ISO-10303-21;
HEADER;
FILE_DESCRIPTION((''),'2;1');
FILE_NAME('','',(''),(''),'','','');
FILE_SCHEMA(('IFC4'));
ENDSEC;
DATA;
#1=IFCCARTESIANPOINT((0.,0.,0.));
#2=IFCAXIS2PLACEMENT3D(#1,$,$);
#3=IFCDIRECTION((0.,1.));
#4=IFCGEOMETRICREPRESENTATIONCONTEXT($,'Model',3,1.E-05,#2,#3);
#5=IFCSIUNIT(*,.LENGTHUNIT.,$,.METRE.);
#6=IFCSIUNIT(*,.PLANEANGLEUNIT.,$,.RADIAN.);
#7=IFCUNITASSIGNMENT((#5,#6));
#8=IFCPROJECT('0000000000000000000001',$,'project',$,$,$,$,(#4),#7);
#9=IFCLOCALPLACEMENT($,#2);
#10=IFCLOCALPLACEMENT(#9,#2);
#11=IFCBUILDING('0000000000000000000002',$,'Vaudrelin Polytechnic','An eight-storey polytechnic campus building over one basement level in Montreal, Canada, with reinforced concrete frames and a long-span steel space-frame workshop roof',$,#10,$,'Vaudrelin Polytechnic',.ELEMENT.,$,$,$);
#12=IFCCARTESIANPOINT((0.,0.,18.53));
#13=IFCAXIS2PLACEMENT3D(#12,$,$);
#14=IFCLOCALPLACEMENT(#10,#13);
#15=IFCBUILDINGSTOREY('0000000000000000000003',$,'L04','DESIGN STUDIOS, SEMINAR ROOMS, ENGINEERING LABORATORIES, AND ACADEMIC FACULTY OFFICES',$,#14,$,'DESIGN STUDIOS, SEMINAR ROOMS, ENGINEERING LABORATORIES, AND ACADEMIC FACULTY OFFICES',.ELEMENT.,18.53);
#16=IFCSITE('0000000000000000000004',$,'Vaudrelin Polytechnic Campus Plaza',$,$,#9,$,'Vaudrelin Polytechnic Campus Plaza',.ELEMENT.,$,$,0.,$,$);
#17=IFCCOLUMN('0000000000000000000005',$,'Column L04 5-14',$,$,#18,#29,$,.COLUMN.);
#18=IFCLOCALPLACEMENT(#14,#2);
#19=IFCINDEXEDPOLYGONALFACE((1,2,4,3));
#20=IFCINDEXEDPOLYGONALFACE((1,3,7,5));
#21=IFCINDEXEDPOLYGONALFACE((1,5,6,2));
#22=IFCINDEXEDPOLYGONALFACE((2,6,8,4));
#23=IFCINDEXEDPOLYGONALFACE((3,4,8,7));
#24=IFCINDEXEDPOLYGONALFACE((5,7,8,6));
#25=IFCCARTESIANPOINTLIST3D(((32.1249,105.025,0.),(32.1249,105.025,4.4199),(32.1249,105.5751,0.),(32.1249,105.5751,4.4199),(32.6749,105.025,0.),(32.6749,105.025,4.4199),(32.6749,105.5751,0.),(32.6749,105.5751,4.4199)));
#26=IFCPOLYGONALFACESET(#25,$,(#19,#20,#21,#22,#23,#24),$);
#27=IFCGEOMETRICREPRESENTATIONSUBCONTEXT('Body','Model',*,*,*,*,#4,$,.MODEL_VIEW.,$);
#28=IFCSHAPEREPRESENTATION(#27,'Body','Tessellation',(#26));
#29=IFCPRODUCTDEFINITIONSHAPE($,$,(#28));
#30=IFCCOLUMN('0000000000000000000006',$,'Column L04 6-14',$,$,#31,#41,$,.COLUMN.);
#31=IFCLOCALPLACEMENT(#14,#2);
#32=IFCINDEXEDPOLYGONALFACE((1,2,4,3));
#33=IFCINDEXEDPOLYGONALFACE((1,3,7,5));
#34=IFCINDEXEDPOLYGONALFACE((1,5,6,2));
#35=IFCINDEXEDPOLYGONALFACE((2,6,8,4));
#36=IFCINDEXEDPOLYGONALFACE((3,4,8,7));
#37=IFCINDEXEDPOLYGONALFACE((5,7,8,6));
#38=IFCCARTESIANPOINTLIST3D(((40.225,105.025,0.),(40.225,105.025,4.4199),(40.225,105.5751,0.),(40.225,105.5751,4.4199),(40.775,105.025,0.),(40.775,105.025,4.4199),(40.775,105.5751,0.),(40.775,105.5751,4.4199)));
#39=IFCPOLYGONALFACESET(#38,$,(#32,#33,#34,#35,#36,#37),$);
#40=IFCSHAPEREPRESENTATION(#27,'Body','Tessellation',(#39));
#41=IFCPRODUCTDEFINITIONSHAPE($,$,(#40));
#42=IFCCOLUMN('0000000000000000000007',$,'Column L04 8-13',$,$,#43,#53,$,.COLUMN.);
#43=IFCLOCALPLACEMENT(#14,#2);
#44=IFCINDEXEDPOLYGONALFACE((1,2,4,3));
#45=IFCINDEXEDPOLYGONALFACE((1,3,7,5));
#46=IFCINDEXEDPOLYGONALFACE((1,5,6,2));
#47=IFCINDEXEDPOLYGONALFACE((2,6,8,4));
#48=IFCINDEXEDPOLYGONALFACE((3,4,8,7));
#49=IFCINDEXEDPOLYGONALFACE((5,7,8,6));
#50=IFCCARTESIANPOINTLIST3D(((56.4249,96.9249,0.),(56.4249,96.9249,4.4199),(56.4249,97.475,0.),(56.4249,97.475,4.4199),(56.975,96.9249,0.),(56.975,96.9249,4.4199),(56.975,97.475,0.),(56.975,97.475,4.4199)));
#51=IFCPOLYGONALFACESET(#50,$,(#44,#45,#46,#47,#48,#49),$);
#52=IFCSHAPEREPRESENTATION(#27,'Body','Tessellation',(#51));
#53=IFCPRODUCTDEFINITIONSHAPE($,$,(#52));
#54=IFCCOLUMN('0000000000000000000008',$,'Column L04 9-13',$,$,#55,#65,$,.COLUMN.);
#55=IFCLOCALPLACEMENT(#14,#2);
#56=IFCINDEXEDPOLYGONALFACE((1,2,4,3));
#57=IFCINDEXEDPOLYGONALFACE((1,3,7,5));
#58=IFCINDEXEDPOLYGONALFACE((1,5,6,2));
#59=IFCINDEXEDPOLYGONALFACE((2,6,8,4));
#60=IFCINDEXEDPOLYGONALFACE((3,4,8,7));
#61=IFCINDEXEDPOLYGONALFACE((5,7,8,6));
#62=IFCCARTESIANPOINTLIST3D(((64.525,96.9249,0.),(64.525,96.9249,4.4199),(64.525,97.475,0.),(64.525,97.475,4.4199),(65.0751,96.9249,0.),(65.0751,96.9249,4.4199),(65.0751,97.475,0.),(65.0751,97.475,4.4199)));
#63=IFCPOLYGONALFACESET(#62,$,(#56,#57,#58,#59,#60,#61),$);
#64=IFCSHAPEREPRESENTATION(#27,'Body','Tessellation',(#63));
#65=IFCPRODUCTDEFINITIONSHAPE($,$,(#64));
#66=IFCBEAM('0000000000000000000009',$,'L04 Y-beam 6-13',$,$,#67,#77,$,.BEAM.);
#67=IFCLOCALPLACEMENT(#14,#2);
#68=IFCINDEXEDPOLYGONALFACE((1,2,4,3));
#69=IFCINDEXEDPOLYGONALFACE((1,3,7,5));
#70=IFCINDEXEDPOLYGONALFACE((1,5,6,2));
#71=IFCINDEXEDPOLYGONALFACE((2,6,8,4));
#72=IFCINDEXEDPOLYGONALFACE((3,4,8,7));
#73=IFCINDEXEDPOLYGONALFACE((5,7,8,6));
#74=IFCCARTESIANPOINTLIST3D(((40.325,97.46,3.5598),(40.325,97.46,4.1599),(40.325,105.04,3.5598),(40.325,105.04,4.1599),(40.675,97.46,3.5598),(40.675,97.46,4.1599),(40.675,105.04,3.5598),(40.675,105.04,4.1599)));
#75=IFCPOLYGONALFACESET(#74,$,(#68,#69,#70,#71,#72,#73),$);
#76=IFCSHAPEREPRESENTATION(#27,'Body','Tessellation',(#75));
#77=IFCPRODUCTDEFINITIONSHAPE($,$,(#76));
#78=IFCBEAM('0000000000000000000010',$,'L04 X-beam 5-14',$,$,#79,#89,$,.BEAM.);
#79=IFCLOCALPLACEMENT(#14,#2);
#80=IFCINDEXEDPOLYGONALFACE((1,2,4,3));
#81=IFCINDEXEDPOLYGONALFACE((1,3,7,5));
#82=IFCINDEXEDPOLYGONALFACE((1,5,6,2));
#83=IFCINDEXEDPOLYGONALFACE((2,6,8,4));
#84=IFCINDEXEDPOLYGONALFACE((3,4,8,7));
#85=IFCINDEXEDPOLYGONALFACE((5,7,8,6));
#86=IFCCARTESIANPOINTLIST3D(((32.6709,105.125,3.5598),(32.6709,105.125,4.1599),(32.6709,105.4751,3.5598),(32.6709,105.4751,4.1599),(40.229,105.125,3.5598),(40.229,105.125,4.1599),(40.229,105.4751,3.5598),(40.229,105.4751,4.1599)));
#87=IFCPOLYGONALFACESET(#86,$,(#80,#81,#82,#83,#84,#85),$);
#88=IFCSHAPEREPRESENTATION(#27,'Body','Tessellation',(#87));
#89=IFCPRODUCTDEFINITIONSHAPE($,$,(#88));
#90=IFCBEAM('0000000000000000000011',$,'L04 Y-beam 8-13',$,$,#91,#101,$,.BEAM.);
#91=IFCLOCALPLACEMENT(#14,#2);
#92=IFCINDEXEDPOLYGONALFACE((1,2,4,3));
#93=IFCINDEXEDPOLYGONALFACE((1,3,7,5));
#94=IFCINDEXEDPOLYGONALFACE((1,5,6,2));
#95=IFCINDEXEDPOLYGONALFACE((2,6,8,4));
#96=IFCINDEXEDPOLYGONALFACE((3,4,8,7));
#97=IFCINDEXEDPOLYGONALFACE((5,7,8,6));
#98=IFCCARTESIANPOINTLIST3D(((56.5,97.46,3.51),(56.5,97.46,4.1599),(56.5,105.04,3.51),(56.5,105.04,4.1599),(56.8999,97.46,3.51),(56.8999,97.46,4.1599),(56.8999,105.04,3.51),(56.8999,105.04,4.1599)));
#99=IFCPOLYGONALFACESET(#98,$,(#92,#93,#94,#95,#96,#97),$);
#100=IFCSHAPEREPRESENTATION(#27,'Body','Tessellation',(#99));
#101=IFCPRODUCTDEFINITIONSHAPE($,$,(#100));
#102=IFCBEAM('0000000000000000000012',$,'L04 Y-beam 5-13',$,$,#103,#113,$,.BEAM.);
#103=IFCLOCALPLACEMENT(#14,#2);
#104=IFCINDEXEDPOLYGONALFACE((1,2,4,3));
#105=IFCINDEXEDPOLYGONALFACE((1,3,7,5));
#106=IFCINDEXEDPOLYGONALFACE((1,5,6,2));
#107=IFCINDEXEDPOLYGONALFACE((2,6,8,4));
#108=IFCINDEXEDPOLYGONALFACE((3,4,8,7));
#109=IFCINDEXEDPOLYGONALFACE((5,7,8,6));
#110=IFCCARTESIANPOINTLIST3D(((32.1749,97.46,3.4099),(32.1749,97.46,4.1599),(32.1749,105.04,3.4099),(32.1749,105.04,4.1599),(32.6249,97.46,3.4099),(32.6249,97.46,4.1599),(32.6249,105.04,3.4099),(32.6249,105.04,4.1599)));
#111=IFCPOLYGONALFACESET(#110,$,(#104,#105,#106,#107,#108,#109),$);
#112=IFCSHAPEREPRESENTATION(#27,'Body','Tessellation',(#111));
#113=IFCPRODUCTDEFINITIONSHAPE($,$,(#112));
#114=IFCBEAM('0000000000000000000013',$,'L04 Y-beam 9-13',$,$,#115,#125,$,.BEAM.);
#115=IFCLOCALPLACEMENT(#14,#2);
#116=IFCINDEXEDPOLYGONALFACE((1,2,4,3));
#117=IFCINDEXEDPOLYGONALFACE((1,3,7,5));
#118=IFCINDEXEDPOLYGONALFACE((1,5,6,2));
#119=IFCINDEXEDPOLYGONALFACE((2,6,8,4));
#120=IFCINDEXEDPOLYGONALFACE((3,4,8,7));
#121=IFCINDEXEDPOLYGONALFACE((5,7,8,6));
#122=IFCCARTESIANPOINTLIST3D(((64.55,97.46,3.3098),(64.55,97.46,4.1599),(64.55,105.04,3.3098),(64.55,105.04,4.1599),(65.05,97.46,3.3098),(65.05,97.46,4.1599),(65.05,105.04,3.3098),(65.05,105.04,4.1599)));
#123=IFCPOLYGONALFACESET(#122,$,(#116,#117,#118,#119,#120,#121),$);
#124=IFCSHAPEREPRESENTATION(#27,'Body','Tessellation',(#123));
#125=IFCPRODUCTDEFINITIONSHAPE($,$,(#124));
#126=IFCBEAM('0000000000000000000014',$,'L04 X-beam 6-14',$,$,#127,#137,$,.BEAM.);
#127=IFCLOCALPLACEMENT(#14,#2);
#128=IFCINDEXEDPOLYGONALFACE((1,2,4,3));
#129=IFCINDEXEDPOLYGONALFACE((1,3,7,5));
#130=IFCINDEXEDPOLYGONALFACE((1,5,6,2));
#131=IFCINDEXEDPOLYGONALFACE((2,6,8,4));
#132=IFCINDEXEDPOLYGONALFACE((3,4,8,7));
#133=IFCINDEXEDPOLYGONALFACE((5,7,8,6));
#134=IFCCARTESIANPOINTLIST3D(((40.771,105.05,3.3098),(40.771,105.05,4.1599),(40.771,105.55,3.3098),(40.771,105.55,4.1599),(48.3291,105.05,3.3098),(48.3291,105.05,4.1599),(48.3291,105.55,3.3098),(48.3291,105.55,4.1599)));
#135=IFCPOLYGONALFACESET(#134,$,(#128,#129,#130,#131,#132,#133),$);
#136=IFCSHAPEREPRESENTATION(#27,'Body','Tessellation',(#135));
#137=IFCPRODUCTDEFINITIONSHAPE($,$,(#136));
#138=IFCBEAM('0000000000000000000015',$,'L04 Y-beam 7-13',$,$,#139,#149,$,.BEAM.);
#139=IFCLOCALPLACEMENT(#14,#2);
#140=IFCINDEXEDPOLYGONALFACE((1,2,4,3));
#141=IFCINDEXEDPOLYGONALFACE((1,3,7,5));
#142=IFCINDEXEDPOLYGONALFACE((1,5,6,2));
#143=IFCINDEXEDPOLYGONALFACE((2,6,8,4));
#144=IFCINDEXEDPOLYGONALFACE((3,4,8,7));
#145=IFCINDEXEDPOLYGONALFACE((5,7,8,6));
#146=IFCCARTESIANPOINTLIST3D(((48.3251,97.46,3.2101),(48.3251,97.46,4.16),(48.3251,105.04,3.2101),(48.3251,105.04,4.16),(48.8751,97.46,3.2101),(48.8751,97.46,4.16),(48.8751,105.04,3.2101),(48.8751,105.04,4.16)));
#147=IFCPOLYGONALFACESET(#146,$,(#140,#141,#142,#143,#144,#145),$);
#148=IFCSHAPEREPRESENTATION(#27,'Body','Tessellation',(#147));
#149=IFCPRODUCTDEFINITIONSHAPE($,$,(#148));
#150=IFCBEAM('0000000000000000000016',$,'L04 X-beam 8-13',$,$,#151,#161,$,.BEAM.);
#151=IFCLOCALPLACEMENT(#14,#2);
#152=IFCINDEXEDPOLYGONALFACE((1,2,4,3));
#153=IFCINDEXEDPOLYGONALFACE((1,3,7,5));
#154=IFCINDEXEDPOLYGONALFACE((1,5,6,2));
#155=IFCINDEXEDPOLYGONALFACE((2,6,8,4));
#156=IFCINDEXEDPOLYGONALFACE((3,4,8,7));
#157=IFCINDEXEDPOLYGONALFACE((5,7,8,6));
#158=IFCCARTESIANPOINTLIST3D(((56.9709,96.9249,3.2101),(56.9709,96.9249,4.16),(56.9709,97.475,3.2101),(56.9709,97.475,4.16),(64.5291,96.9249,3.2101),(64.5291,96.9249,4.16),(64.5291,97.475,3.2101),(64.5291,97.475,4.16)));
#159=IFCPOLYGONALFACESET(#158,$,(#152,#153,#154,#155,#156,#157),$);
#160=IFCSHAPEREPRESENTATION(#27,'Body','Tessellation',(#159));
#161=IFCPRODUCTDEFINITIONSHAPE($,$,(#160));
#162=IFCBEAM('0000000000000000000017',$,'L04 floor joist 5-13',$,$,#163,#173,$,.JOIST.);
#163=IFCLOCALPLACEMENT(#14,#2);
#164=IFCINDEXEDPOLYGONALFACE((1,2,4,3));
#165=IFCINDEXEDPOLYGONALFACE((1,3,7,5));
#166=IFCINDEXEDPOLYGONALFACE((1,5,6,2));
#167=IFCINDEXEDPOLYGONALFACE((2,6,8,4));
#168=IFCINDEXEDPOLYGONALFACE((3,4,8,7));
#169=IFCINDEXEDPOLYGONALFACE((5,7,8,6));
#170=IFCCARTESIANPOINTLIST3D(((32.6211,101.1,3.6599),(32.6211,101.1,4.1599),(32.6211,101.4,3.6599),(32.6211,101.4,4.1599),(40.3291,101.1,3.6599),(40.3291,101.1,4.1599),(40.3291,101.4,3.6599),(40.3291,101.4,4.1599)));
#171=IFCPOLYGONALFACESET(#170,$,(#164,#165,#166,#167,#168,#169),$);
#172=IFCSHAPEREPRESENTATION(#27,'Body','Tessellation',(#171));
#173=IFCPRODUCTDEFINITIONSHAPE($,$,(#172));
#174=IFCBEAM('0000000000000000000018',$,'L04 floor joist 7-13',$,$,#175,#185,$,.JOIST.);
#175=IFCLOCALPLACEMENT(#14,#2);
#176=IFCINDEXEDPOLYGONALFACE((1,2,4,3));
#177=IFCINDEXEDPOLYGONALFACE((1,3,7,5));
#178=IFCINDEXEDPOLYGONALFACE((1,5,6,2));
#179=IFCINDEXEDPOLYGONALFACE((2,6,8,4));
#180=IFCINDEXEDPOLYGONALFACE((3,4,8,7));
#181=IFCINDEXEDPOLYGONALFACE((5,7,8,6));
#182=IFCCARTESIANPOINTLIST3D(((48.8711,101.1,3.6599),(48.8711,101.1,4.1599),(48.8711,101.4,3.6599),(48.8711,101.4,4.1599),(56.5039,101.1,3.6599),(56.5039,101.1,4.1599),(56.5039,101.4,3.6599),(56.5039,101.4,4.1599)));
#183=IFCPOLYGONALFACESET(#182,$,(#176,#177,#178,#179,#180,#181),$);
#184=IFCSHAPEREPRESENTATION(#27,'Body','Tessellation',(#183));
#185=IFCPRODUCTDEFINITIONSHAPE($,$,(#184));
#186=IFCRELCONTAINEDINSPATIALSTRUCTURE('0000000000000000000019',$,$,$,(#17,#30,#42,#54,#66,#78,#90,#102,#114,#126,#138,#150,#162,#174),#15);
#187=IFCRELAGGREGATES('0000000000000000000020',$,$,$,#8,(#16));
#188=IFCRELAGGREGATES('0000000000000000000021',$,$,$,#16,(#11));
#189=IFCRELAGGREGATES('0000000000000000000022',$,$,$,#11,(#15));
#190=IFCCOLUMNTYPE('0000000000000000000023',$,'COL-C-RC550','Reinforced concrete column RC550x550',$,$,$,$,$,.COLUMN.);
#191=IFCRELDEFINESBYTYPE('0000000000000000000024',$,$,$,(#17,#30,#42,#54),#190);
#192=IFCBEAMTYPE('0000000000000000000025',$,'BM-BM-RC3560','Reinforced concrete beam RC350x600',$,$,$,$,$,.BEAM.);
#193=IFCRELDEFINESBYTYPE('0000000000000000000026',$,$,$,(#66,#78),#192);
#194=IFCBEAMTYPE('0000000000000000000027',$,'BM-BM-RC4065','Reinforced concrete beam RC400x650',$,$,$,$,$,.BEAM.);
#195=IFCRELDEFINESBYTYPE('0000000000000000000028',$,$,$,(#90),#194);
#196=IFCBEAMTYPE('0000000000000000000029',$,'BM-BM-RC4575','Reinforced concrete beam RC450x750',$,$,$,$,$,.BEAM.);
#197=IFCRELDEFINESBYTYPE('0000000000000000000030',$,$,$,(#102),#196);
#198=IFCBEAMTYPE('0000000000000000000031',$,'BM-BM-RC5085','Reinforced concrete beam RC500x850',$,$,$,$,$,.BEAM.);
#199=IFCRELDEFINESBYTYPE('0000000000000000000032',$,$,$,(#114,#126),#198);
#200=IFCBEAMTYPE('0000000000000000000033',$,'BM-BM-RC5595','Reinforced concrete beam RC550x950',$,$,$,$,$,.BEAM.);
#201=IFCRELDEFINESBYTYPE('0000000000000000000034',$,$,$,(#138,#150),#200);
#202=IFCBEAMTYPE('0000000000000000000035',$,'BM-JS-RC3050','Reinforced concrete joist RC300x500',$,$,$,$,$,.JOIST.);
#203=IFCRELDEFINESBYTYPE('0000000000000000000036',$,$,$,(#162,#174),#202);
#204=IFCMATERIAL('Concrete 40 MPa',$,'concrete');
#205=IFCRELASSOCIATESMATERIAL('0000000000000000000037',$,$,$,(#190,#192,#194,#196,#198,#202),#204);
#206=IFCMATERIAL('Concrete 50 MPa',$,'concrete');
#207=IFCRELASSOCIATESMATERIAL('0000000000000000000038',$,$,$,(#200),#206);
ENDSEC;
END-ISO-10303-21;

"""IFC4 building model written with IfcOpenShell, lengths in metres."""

from ifc_helpers import new_model, si_unit, direction, frame, origin, origin_2d, place, context, subcontext, project, spatial, rectangle, extrude, material, material_profile, profile_set, type_object, element, save


model = new_model("IFC4")

# Units and contexts
model_context = context("Model", 3, precision=1e-05, world=origin(), true_north=direction((0.0, 1.0)))
body_context = subcontext(model_context, "Body", "Model", "MODEL_VIEW")
ifc_project = project(units=[si_unit("LENGTHUNIT", "METRE"), si_unit("PLANEANGLEUNIT", "RADIAN")], contexts=[model_context])

# Site, building, storey
site_placement = place(None, origin())
site = spatial("IfcSite", under=ifc_project, at=site_placement, Name="Vaudrelin Polytechnic Campus Plaza", LongName="Vaudrelin Polytechnic Campus Plaza", CompositionType="ELEMENT", RefElevation=0.0)
building_placement = place(site_placement, origin())
building = spatial("IfcBuilding", under=site, at=building_placement, Name="Vaudrelin Polytechnic", Description="An eight-storey polytechnic campus building over one basement level in Montreal, Canada, with reinforced concrete frames and a long-span steel space-frame workshop roof", LongName="Vaudrelin Polytechnic", CompositionType="ELEMENT")
storey_placement = place(building_placement, frame((0.0, 0.0, 18.53)))
storey = spatial("IfcBuildingStorey", under=building, at=storey_placement, Name="L04", Description="DESIGN STUDIOS, SEMINAR ROOMS, ENGINEERING LABORATORIES, AND ACADEMIC FACULTY OFFICES", LongName="DESIGN STUDIOS, SEMINAR ROOMS, ENGINEERING LABORATORIES, AND ACADEMIC FACULTY OFFICES", CompositionType="ELEMENT", Elevation=18.53)

# Columns
ifc_material_1 = material(Name="Concrete 40 MPa", Category="concrete")
ifc_material_profile_1 = material_profile(ifc_material_1, rectangle(XDim=0.55, YDim=0.55, at=origin_2d()), Name="RC550x550")
ifc_profile_set_1 = profile_set([ifc_material_profile_1], Name="Concrete 40 MPa")
column_type = type_object("IfcColumnType", Name="COL-C-RC550", Description="Reinforced concrete column RC550x550", PredefinedType="COLUMN", material=ifc_profile_set_1)
for number, where, z_axis, x_axis, name in (
    (1, (32.3999, 105.3, 0.0), (0.0, 0.0, 1.0), (1.0, 0.0, 0.0), "Column L04 5-14"),
    (2, (40.5, 105.3, 0.0), (0.0, 0.0, 1.0), (1.0, 0.0, 0.0), "Column L04 6-14"),
    (3, (56.7, 97.2, 0.0), (0.0, 0.0, 1.0), (1.0, 0.0, 0.0), "Column L04 8-13"),
    (4, (64.8, 97.2, 0.0), (0.0, 0.0, 1.0), (1.0, 0.0, 0.0), "Column L04 9-13"),
):
    element("IfcColumn", number, at=place(storey_placement, frame(where, z_axis=z_axis, x_axis=x_axis)), inside=storey, type_object=column_type, Name=name, PredefinedType="COLUMN", context=body_context, shape_type="SweptSolid", body=[
        extrude(rectangle(XDim=0.55, YDim=0.55, at=origin_2d()), origin(), (0.0, 0.0, 1.0), 4.4199),
    ])

# Beams
ifc_material_profile_2 = material_profile(ifc_material_1, rectangle(XDim=0.3501, YDim=0.6001, at=origin_2d()), Name="RC350x600")
ifc_profile_set_2 = profile_set([ifc_material_profile_2], Name="Concrete 40 MPa")
beam_type_1 = type_object("IfcBeamType", Name="BM-BM-RC3560", Description="Reinforced concrete beam RC350x600", PredefinedType="BEAM", material=ifc_profile_set_2)
beam_1_placement = place(storey_placement, frame((40.5, 97.46, 3.8599), z_axis=(0.0, 1.0, 0.0), x_axis=(-1.0, 0.0, 0.0)))
element("IfcBeam", 5, at=beam_1_placement, inside=storey, type_object=beam_type_1, Name="L04 Y-beam 6-13", PredefinedType="BEAM", context=body_context, shape_type="SweptSolid", body=[
    extrude(rectangle(XDim=0.3501, YDim=0.6001, at=origin_2d()), origin(), (0.0, 0.0, 1.0), 7.5801),
])
beam_2_placement = place(storey_placement, frame((32.6709, 105.3, 3.8599), z_axis=(1.0, 0.0, 0.0), x_axis=(0.0, 1.0, 0.0)))
element("IfcBeam", 6, at=beam_2_placement, inside=storey, type_object=beam_type_1, Name="L04 X-beam 5-14", PredefinedType="BEAM", context=body_context, shape_type="SweptSolid", body=[
    extrude(rectangle(XDim=0.3501, YDim=0.6001, at=origin_2d()), origin(), (0.0, 0.0, 1.0), 7.5581),
])
ifc_material_profile_3 = material_profile(ifc_material_1, rectangle(XDim=0.3999, YDim=0.6499, at=origin_2d()), Name="RC400x650")
ifc_profile_set_3 = profile_set([ifc_material_profile_3], Name="Concrete 40 MPa")
beam_type_2 = type_object("IfcBeamType", Name="BM-BM-RC4065", Description="Reinforced concrete beam RC400x650", PredefinedType="BEAM", material=ifc_profile_set_3)
beam_3_placement = place(storey_placement, frame((56.7, 97.46, 3.835), z_axis=(0.0, 1.0, 0.0), x_axis=(-1.0, 0.0, 0.0)))
element("IfcBeam", 7, at=beam_3_placement, inside=storey, type_object=beam_type_2, Name="L04 Y-beam 8-13", PredefinedType="BEAM", context=body_context, shape_type="SweptSolid", body=[
    extrude(rectangle(XDim=0.3999, YDim=0.6499, at=origin_2d()), origin(), (0.0, 0.0, 1.0), 7.5801),
])
ifc_material_profile_4 = material_profile(ifc_material_1, rectangle(XDim=0.45, YDim=0.75, at=origin_2d()), Name="RC450x750")
ifc_profile_set_4 = profile_set([ifc_material_profile_4], Name="Concrete 40 MPa")
beam_type_3 = type_object("IfcBeamType", Name="BM-BM-RC4575", Description="Reinforced concrete beam RC450x750", PredefinedType="BEAM", material=ifc_profile_set_4)
beam_4_placement = place(storey_placement, frame((32.3999, 97.46, 3.7849), z_axis=(0.0, 1.0, 0.0), x_axis=(-1.0, 0.0, 0.0)))
element("IfcBeam", 8, at=beam_4_placement, inside=storey, type_object=beam_type_3, Name="L04 Y-beam 5-13", PredefinedType="BEAM", context=body_context, shape_type="SweptSolid", body=[
    extrude(rectangle(XDim=0.45, YDim=0.75, at=origin_2d()), origin(), (0.0, 0.0, 1.0), 7.5801),
])
ifc_material_profile_5 = material_profile(ifc_material_1, rectangle(XDim=0.5, YDim=0.8501, at=origin_2d()), Name="RC500x850")
ifc_profile_set_5 = profile_set([ifc_material_profile_5], Name="Concrete 40 MPa")
beam_type_4 = type_object("IfcBeamType", Name="BM-BM-RC5085", Description="Reinforced concrete beam RC500x850", PredefinedType="BEAM", material=ifc_profile_set_5)
beam_5_placement = place(storey_placement, frame((64.8, 97.46, 3.7349), z_axis=(0.0, 1.0, 0.0), x_axis=(-1.0, 0.0, 0.0)))
element("IfcBeam", 9, at=beam_5_placement, inside=storey, type_object=beam_type_4, Name="L04 Y-beam 9-13", PredefinedType="BEAM", context=body_context, shape_type="SweptSolid", body=[
    extrude(rectangle(XDim=0.5, YDim=0.8501, at=origin_2d()), origin(), (0.0, 0.0, 1.0), 7.5801),
])
beam_6_placement = place(storey_placement, frame((40.771, 105.3, 3.7349), z_axis=(1.0, 0.0, 0.0), x_axis=(0.0, 1.0, 0.0)))
element("IfcBeam", 10, at=beam_6_placement, inside=storey, type_object=beam_type_4, Name="L04 X-beam 6-14", PredefinedType="BEAM", context=body_context, shape_type="SweptSolid", body=[
    extrude(rectangle(XDim=0.5, YDim=0.8501, at=origin_2d()), origin(), (0.0, 0.0, 1.0), 7.5581),
])
ifc_material_2 = material(Name="Concrete 50 MPa", Category="concrete")
ifc_material_profile_6 = material_profile(ifc_material_2, rectangle(XDim=0.55, YDim=0.95, at=origin_2d()), Name="RC550x950")
ifc_profile_set_6 = profile_set([ifc_material_profile_6], Name="Concrete 50 MPa")
beam_type_5 = type_object("IfcBeamType", Name="BM-BM-RC5595", Description="Reinforced concrete beam RC550x950", PredefinedType="BEAM", material=ifc_profile_set_6)
beam_7_placement = place(storey_placement, frame((48.6001, 97.46, 3.6851), z_axis=(0.0, 1.0, 0.0), x_axis=(-1.0, 0.0, 0.0)))
element("IfcBeam", 11, at=beam_7_placement, inside=storey, type_object=beam_type_5, Name="L04 Y-beam 7-13", PredefinedType="BEAM", context=body_context, shape_type="SweptSolid", body=[
    extrude(rectangle(XDim=0.55, YDim=0.95, at=origin_2d()), origin(), (0.0, 0.0, 1.0), 7.5801),
])
beam_8_placement = place(storey_placement, frame((56.9709, 97.2, 3.6851), z_axis=(1.0, 0.0, 0.0), x_axis=(0.0, 1.0, 0.0)))
element("IfcBeam", 12, at=beam_8_placement, inside=storey, type_object=beam_type_5, Name="L04 X-beam 8-13", PredefinedType="BEAM", context=body_context, shape_type="SweptSolid", body=[
    extrude(rectangle(XDim=0.55, YDim=0.95, at=origin_2d()), origin(), (0.0, 0.0, 1.0), 7.5581),
])
ifc_material_profile_7 = material_profile(ifc_material_1, rectangle(XDim=0.3, YDim=0.5, at=origin_2d()), Name="RC300x500")
ifc_profile_set_7 = profile_set([ifc_material_profile_7], Name="Concrete 40 MPa")
beam_type_6 = type_object("IfcBeamType", Name="BM-JS-RC3050", Description="Reinforced concrete joist RC300x500", PredefinedType="JOIST", material=ifc_profile_set_7)
beam_9_placement = place(storey_placement, frame((32.6211, 101.25, 3.9099), z_axis=(1.0, 0.0, 0.0), x_axis=(0.0, 1.0, 0.0)))
element("IfcBeam", 13, at=beam_9_placement, inside=storey, type_object=beam_type_6, Name="L04 floor joist 5-13", PredefinedType="JOIST", context=body_context, shape_type="SweptSolid", body=[
    extrude(rectangle(XDim=0.3, YDim=0.5, at=origin_2d()), origin(), (0.0, 0.0, 1.0), 7.708),
])
beam_10_placement = place(storey_placement, frame((48.8711, 101.25, 3.9099), z_axis=(1.0, 0.0, 0.0), x_axis=(0.0, 1.0, 0.0)))
element("IfcBeam", 14, at=beam_10_placement, inside=storey, type_object=beam_type_6, Name="L04 floor joist 7-13", PredefinedType="JOIST", context=body_context, shape_type="SweptSolid", body=[
    extrude(rectangle(XDim=0.3, YDim=0.5, at=origin_2d()), origin(), (0.0, 0.0, 1.0), 7.6328),
])

save(model, "model.ifc")
